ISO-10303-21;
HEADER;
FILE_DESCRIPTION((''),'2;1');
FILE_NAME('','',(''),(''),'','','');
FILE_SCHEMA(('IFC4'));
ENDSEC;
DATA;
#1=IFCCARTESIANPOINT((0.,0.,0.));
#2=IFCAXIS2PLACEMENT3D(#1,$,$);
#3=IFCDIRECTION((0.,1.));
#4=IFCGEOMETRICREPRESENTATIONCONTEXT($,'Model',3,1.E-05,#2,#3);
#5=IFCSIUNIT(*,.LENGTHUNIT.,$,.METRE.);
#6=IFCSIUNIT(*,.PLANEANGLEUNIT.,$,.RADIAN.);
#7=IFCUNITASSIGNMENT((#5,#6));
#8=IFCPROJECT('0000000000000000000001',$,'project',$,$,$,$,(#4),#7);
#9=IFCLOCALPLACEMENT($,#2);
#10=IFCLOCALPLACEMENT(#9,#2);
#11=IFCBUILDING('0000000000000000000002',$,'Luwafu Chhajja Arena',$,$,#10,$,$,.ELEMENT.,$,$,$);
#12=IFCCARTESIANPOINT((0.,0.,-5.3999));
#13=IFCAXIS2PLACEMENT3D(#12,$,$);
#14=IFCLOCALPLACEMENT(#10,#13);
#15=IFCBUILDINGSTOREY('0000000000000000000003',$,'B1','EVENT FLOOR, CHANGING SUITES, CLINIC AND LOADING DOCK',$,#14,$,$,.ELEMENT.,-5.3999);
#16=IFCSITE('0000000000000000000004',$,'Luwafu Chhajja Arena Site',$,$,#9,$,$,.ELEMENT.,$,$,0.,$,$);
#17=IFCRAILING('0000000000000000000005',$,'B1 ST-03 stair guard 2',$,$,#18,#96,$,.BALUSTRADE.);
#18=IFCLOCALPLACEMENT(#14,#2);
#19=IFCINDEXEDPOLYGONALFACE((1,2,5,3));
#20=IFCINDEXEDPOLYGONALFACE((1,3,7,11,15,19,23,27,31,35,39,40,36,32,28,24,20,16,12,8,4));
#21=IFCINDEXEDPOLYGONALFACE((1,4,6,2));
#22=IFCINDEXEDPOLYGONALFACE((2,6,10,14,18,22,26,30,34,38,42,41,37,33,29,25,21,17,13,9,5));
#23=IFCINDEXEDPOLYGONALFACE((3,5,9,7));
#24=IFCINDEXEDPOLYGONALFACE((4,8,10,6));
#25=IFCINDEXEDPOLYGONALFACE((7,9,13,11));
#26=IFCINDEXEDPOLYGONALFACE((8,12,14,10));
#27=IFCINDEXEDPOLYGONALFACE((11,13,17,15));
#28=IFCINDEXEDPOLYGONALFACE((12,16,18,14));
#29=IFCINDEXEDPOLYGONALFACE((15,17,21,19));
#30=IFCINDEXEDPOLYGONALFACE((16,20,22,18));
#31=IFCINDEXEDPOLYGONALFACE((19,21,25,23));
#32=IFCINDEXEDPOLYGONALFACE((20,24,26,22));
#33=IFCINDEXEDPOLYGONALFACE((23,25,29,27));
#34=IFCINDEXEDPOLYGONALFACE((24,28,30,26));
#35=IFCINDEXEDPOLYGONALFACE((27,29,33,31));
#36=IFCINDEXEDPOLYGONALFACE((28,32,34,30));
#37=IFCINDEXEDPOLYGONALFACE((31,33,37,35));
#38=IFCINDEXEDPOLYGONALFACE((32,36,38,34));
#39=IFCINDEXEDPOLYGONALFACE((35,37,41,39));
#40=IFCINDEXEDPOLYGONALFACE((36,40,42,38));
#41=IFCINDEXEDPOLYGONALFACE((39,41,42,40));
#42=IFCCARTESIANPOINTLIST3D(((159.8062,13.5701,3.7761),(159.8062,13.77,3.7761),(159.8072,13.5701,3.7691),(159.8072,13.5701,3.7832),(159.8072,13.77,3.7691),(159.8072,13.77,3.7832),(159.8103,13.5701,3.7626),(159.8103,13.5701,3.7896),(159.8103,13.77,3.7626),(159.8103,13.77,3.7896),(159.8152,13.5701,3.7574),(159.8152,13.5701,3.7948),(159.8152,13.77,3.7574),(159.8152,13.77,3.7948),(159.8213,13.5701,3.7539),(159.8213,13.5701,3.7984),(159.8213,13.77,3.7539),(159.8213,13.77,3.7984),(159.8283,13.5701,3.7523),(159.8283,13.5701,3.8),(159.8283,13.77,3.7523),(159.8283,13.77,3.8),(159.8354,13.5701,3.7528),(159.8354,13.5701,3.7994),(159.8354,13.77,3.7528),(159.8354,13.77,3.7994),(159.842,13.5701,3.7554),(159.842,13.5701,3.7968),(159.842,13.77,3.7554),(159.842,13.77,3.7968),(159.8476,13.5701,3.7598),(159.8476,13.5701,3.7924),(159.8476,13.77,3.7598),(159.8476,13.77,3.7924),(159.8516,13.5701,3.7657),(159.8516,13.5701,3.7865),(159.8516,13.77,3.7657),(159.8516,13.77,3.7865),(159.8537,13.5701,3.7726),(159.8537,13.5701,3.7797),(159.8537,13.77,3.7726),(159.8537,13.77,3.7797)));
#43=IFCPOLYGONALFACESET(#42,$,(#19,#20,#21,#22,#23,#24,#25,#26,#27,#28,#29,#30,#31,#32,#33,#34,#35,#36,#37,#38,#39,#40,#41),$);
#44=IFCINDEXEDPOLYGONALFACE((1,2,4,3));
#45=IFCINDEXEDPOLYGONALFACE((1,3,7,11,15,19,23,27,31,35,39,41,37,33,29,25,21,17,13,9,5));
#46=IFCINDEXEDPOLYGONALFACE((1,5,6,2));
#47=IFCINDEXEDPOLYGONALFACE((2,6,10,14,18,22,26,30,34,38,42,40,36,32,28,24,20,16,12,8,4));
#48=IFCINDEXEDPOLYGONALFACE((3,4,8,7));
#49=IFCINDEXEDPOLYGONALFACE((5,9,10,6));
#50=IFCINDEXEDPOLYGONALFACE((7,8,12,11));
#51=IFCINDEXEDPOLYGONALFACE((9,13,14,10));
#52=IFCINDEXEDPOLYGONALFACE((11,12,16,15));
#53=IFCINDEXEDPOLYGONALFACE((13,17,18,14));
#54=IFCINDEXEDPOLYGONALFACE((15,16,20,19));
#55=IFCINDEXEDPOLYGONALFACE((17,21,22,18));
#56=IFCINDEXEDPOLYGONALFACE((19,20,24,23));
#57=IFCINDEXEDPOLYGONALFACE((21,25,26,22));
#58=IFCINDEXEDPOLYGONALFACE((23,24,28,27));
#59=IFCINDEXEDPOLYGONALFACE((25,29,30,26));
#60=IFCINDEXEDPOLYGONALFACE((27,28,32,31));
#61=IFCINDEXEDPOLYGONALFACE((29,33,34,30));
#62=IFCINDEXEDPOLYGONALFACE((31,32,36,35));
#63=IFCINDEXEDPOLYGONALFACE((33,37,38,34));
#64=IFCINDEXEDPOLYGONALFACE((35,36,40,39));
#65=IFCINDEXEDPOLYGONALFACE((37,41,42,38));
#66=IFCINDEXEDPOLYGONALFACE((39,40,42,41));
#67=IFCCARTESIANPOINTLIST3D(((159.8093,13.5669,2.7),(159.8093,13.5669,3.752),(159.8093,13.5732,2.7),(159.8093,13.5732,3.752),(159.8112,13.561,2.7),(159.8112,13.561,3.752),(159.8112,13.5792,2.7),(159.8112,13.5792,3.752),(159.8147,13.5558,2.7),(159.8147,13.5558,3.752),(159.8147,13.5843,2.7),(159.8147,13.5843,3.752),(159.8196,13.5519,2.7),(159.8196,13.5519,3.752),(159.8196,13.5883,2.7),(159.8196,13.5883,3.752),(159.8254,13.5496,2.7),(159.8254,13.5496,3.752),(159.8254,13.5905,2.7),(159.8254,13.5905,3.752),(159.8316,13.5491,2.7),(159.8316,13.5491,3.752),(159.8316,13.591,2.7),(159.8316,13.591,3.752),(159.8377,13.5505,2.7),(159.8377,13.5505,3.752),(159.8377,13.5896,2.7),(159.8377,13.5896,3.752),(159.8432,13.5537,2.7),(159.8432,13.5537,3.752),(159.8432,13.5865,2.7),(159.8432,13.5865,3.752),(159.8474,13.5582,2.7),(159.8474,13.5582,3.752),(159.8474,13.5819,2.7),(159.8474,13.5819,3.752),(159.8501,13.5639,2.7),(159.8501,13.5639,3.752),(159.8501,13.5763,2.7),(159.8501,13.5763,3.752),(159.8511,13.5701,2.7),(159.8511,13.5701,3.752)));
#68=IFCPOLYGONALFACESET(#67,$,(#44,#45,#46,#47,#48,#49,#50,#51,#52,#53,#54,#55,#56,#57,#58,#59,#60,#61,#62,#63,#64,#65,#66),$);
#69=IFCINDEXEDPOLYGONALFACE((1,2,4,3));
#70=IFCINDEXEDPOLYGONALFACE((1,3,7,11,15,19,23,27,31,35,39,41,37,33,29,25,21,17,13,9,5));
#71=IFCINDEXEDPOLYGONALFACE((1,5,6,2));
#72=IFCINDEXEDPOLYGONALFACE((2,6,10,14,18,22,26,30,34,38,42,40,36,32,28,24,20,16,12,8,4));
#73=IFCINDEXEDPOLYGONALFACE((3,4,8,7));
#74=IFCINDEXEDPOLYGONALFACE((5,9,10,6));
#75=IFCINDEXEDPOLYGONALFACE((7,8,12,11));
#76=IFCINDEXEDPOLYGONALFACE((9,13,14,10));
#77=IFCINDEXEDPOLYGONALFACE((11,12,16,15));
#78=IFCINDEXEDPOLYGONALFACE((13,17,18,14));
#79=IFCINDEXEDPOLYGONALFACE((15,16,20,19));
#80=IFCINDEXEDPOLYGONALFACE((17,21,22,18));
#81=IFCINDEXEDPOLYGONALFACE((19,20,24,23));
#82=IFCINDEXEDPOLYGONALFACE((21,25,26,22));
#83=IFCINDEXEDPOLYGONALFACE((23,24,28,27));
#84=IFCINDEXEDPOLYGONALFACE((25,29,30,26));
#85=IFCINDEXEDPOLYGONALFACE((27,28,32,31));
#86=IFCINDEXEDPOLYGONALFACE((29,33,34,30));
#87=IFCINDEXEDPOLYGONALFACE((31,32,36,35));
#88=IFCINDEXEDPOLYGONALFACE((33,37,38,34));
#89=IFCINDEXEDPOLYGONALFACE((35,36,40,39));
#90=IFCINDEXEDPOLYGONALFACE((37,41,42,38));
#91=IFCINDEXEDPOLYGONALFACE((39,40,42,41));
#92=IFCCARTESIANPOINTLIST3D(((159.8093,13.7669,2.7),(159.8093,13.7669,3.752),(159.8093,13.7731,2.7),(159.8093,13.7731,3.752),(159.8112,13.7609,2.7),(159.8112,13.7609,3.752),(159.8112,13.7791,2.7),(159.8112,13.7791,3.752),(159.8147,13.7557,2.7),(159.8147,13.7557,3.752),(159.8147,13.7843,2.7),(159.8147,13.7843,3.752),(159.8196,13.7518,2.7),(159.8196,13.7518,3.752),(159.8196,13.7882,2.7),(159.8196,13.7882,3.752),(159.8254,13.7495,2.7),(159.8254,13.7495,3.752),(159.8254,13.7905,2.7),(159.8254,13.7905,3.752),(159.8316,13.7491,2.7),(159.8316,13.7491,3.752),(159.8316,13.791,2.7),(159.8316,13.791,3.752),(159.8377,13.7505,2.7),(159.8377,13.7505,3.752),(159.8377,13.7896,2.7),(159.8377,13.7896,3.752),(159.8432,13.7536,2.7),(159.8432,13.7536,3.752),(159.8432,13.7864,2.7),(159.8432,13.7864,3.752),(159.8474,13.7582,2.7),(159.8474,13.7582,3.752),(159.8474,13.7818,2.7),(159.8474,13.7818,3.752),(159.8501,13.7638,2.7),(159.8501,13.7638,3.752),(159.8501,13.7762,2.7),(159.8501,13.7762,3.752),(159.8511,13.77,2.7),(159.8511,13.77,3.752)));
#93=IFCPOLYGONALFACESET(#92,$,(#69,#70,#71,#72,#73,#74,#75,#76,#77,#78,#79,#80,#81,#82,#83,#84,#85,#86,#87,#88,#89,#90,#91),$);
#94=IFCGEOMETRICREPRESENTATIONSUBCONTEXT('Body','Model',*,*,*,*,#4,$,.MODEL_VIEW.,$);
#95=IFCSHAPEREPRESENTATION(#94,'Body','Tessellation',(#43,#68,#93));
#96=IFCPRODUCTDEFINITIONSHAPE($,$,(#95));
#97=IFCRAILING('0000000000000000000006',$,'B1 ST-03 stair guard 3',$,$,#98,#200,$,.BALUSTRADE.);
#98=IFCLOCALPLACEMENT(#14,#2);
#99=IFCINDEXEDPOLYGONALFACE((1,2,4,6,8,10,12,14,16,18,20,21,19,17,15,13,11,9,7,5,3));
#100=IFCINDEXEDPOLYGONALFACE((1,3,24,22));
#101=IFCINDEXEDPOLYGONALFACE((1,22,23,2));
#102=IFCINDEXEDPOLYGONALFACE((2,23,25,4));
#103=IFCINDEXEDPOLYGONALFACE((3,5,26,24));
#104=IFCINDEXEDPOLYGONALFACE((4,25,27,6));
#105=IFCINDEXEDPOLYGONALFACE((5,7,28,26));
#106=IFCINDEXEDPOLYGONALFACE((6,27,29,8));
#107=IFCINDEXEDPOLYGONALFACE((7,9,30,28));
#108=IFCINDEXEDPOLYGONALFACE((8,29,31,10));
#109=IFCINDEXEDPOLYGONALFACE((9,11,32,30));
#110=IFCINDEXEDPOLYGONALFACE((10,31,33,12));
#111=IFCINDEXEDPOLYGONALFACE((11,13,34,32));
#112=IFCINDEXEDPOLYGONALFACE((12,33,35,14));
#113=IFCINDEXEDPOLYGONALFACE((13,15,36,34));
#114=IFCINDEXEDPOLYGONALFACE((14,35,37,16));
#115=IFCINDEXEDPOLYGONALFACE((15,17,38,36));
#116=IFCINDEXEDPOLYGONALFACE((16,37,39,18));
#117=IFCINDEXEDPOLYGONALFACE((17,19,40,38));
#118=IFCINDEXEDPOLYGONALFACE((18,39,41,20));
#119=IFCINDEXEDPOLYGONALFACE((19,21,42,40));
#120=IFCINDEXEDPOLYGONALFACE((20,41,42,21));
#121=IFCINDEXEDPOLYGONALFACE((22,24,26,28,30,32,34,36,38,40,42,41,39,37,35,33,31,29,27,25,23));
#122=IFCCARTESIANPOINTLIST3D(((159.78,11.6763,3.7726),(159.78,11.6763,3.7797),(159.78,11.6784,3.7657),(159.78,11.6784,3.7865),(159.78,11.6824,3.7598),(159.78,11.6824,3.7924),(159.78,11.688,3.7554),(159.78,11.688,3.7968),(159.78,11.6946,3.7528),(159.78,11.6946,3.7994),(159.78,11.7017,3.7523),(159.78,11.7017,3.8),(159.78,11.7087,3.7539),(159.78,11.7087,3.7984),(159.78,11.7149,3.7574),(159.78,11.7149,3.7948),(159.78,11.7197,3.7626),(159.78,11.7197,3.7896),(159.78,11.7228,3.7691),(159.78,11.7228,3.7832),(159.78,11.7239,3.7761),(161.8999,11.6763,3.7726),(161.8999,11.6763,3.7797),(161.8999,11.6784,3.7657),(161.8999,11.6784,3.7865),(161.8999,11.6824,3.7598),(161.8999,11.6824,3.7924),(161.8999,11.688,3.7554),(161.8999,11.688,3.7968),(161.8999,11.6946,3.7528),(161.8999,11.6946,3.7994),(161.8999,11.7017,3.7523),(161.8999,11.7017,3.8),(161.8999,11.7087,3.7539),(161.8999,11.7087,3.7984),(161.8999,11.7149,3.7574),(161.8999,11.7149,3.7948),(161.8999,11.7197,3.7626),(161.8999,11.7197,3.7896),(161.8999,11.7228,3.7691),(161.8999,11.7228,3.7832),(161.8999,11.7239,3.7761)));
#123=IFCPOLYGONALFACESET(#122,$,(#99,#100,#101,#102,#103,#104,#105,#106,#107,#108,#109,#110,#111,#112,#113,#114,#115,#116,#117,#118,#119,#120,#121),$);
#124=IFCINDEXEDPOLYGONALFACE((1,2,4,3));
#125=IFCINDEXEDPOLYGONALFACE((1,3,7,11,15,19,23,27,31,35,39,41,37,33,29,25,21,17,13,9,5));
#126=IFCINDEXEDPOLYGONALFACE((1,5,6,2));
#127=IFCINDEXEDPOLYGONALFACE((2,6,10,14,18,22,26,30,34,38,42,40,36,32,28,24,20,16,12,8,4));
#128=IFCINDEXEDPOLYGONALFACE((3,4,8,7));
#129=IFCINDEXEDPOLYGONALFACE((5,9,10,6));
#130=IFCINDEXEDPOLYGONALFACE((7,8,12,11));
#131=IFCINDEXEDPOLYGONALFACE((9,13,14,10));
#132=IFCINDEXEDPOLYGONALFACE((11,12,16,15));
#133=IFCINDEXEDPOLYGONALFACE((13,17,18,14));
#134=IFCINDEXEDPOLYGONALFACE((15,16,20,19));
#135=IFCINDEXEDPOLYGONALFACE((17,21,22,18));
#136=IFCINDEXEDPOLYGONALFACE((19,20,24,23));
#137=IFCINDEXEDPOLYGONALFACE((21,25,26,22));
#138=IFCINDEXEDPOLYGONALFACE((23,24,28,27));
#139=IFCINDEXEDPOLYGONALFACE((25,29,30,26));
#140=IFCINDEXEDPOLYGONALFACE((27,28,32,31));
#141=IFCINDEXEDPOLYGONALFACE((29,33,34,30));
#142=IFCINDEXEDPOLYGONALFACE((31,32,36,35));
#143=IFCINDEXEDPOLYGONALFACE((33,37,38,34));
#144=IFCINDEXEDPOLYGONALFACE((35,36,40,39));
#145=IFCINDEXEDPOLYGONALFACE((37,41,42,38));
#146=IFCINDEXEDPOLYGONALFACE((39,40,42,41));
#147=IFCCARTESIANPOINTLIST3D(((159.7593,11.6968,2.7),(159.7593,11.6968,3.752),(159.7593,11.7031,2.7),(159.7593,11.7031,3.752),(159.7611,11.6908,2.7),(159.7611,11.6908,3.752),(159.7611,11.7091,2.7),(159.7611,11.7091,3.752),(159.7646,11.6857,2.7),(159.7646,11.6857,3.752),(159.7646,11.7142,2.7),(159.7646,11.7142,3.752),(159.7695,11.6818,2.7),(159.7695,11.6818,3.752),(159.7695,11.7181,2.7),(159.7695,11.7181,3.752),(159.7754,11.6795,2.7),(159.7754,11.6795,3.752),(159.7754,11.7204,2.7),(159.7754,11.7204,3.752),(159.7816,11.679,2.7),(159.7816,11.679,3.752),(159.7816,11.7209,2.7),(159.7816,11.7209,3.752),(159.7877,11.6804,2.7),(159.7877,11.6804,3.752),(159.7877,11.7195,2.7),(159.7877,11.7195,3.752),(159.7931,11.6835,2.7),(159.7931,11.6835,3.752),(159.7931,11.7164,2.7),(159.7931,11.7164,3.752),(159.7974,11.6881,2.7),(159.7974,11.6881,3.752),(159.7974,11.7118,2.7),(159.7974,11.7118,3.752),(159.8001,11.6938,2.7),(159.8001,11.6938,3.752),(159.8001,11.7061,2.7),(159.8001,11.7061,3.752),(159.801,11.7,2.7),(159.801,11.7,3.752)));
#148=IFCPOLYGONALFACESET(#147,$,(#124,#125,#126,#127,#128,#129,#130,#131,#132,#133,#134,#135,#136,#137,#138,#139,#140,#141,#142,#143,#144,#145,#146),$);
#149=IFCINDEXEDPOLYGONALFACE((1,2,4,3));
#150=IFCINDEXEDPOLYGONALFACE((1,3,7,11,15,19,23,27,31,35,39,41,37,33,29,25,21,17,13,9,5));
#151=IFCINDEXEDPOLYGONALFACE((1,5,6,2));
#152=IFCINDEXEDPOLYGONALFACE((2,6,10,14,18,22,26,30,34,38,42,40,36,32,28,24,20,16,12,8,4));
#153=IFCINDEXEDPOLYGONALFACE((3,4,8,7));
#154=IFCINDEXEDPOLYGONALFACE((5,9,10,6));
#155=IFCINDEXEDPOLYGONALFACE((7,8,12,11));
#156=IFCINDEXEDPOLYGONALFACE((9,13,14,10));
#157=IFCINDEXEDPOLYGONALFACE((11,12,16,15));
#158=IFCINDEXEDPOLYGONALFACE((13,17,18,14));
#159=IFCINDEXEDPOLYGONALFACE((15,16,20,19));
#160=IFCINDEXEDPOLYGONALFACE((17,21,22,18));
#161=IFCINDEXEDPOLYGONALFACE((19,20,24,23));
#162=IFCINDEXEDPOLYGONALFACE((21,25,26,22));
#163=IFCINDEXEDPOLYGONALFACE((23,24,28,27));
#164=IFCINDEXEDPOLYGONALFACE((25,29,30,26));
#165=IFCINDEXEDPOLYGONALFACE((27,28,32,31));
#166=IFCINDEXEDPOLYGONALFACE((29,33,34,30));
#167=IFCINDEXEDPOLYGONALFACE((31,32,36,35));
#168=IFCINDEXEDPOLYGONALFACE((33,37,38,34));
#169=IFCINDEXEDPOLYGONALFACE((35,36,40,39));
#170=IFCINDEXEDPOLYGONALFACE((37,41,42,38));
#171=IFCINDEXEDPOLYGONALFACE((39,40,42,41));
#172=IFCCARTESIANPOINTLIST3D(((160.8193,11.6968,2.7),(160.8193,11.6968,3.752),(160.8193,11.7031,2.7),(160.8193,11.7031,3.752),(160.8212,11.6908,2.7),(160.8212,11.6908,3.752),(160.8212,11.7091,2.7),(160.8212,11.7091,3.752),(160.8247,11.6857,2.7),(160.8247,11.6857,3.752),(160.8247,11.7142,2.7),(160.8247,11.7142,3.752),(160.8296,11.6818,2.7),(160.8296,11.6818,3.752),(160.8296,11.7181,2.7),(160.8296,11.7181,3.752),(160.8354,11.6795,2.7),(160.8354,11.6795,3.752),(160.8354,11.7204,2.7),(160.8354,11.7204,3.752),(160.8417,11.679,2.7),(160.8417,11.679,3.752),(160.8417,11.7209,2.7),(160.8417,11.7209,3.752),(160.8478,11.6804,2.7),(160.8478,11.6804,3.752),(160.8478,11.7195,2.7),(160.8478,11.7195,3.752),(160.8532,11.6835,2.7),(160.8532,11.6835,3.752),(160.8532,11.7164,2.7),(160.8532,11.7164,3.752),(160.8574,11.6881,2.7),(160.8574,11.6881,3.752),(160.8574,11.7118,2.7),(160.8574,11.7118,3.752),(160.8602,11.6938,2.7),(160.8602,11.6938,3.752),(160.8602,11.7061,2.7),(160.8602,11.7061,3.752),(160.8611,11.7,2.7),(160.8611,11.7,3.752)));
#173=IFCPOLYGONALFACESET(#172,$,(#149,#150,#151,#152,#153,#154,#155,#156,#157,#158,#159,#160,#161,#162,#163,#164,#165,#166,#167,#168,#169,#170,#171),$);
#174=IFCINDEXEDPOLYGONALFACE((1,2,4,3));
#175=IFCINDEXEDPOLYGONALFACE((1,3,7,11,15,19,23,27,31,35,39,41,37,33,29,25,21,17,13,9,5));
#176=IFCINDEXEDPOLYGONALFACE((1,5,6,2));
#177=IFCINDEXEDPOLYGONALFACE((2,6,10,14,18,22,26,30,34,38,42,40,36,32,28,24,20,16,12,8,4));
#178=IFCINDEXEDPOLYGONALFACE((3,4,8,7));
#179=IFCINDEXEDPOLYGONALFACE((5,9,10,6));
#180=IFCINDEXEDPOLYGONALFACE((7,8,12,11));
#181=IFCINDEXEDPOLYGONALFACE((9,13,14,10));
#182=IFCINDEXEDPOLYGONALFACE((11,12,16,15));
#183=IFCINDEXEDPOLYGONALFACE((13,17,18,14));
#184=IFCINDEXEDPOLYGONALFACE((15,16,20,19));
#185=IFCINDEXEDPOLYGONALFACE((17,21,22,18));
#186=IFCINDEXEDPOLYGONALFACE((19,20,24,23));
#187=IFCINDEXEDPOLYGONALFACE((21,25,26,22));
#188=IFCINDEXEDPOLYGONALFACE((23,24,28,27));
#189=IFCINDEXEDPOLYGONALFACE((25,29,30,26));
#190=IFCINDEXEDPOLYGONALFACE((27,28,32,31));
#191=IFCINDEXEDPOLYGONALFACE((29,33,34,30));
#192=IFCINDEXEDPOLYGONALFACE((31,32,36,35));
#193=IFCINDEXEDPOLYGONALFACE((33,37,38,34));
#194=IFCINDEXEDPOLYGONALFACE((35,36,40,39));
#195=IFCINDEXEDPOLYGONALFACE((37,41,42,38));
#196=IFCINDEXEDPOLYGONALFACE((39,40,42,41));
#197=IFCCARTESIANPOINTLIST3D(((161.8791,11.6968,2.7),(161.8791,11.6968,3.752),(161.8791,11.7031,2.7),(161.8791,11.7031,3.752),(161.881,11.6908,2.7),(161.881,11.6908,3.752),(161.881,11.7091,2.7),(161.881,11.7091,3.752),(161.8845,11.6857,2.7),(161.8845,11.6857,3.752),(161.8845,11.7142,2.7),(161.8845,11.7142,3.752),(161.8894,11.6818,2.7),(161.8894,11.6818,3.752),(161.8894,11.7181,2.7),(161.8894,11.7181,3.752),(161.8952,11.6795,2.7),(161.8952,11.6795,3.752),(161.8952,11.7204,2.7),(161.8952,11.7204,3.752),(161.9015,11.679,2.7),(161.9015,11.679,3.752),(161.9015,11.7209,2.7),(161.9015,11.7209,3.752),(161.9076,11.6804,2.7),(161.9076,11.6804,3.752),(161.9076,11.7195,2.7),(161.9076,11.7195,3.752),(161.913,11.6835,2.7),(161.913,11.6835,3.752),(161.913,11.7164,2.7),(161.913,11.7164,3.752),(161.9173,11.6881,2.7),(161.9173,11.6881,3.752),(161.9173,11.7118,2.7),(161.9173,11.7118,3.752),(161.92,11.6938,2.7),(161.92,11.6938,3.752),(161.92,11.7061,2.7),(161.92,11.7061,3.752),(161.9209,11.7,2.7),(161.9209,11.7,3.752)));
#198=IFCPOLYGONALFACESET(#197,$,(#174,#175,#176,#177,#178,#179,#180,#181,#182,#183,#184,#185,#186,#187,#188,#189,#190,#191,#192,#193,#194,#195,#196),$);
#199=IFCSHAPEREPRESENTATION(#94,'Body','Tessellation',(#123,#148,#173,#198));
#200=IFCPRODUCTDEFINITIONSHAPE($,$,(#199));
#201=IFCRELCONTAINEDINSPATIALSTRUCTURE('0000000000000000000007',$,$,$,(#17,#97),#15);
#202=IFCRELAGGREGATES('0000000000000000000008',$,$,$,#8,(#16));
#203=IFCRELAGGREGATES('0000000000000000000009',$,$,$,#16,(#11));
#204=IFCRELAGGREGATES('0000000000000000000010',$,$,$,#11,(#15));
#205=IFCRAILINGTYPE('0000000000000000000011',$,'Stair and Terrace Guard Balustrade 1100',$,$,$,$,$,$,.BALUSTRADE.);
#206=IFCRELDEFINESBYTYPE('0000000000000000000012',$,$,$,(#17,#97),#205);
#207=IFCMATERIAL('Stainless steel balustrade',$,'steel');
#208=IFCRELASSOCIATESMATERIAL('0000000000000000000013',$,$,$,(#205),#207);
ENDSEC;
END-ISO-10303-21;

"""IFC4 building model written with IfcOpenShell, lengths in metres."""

from ifc_helpers import new_model, si_unit, direction, frame, origin, origin_2d, place, context, subcontext, project, spatial, circle, extrude, material, type_object, element, save


model = new_model("IFC4")

# Units and contexts
model_context = context("Model", 3, precision=1e-05, world=origin(), true_north=direction((0.0, 1.0)))
body_context = subcontext(model_context, "Body", "Model", "MODEL_VIEW")
ifc_project = project(units=[si_unit("LENGTHUNIT", "METRE"), si_unit("PLANEANGLEUNIT", "RADIAN")], contexts=[model_context])

# Site, building, storey
site_placement = place(None, origin())
site = spatial("IfcSite", under=ifc_project, at=site_placement, Name="Luwafu Chhajja Arena Site", CompositionType="ELEMENT", RefElevation=0.0)
building_placement = place(site_placement, origin())
building = spatial("IfcBuilding", under=site, at=building_placement, Name="Luwafu Chhajja Arena", CompositionType="ELEMENT")
storey_placement = place(building_placement, frame((0.0, 0.0, -5.3999)))
storey = spatial("IfcBuildingStorey", under=building, at=storey_placement, Name="B1", Description="EVENT FLOOR, CHANGING SUITES, CLINIC AND LOADING DOCK", CompositionType="ELEMENT", Elevation=-5.3999)

# Railings
ifc_material_1 = material(Name="Stainless steel balustrade", Category="steel")
railing_type_1 = type_object("IfcRailingType", Name="Stair and Terrace Guard Balustrade 1100", PredefinedType="BALUSTRADE", material=ifc_material_1)
railing_1_placement = place(storey_placement, frame((159.8301, 13.5701, 2.7)))
element("IfcRailing", 1, at=railing_1_placement, inside=storey, type_object=railing_type_1, Name="B1 ST-03 stair guard 2", PredefinedType="BALUSTRADE", context=body_context, shape_type="SweptSolid", body=[
    extrude(circle(Radius=0.0239, at=origin_2d()), frame((0.0, 0.0, 1.0762), z_axis=(0.0, 1.0, 0.0), x_axis=(-1.0, 0.0, 0.0)), (0.0, 0.0, 1.0), 0.2),
    extrude(circle(Radius=0.021, at=origin_2d()), origin(), (0.0, 0.0, 1.0), 1.052),
    extrude(circle(Radius=0.021, at=origin_2d()), frame((0.0, 0.2, 0.0)), (0.0, 0.0, 1.0), 1.052),
])
for number, where, name in (
    (2, (159.78, 11.7, 2.7), "B1 ST-03 stair guard 3"),
):
    element("IfcRailing", number, at=place(storey_placement, frame(where)), inside=storey, type_object=railing_type_1, Name=name, PredefinedType="BALUSTRADE", context=body_context, shape_type="SweptSolid", body=[
        extrude(circle(Radius=0.0239, at=origin_2d()), frame((0.0, 0.0, 1.0762), z_axis=(1.0, 0.0, 0.0), x_axis=(0.0, 1.0, 0.0)), (0.0, 0.0, 1.0), 2.1199),
        extrude(circle(Radius=0.021, at=origin_2d()), origin(), (0.0, 0.0, 1.0), 1.052),
        extrude(circle(Radius=0.021, at=origin_2d()), frame((1.0601, 0.0, 0.0)), (0.0, 0.0, 1.0), 1.052),
        extrude(circle(Radius=0.021, at=origin_2d()), frame((2.1199, 0.0, 0.0)), (0.0, 0.0, 1.0), 1.052),
    ])

save(model, "model.ifc")
